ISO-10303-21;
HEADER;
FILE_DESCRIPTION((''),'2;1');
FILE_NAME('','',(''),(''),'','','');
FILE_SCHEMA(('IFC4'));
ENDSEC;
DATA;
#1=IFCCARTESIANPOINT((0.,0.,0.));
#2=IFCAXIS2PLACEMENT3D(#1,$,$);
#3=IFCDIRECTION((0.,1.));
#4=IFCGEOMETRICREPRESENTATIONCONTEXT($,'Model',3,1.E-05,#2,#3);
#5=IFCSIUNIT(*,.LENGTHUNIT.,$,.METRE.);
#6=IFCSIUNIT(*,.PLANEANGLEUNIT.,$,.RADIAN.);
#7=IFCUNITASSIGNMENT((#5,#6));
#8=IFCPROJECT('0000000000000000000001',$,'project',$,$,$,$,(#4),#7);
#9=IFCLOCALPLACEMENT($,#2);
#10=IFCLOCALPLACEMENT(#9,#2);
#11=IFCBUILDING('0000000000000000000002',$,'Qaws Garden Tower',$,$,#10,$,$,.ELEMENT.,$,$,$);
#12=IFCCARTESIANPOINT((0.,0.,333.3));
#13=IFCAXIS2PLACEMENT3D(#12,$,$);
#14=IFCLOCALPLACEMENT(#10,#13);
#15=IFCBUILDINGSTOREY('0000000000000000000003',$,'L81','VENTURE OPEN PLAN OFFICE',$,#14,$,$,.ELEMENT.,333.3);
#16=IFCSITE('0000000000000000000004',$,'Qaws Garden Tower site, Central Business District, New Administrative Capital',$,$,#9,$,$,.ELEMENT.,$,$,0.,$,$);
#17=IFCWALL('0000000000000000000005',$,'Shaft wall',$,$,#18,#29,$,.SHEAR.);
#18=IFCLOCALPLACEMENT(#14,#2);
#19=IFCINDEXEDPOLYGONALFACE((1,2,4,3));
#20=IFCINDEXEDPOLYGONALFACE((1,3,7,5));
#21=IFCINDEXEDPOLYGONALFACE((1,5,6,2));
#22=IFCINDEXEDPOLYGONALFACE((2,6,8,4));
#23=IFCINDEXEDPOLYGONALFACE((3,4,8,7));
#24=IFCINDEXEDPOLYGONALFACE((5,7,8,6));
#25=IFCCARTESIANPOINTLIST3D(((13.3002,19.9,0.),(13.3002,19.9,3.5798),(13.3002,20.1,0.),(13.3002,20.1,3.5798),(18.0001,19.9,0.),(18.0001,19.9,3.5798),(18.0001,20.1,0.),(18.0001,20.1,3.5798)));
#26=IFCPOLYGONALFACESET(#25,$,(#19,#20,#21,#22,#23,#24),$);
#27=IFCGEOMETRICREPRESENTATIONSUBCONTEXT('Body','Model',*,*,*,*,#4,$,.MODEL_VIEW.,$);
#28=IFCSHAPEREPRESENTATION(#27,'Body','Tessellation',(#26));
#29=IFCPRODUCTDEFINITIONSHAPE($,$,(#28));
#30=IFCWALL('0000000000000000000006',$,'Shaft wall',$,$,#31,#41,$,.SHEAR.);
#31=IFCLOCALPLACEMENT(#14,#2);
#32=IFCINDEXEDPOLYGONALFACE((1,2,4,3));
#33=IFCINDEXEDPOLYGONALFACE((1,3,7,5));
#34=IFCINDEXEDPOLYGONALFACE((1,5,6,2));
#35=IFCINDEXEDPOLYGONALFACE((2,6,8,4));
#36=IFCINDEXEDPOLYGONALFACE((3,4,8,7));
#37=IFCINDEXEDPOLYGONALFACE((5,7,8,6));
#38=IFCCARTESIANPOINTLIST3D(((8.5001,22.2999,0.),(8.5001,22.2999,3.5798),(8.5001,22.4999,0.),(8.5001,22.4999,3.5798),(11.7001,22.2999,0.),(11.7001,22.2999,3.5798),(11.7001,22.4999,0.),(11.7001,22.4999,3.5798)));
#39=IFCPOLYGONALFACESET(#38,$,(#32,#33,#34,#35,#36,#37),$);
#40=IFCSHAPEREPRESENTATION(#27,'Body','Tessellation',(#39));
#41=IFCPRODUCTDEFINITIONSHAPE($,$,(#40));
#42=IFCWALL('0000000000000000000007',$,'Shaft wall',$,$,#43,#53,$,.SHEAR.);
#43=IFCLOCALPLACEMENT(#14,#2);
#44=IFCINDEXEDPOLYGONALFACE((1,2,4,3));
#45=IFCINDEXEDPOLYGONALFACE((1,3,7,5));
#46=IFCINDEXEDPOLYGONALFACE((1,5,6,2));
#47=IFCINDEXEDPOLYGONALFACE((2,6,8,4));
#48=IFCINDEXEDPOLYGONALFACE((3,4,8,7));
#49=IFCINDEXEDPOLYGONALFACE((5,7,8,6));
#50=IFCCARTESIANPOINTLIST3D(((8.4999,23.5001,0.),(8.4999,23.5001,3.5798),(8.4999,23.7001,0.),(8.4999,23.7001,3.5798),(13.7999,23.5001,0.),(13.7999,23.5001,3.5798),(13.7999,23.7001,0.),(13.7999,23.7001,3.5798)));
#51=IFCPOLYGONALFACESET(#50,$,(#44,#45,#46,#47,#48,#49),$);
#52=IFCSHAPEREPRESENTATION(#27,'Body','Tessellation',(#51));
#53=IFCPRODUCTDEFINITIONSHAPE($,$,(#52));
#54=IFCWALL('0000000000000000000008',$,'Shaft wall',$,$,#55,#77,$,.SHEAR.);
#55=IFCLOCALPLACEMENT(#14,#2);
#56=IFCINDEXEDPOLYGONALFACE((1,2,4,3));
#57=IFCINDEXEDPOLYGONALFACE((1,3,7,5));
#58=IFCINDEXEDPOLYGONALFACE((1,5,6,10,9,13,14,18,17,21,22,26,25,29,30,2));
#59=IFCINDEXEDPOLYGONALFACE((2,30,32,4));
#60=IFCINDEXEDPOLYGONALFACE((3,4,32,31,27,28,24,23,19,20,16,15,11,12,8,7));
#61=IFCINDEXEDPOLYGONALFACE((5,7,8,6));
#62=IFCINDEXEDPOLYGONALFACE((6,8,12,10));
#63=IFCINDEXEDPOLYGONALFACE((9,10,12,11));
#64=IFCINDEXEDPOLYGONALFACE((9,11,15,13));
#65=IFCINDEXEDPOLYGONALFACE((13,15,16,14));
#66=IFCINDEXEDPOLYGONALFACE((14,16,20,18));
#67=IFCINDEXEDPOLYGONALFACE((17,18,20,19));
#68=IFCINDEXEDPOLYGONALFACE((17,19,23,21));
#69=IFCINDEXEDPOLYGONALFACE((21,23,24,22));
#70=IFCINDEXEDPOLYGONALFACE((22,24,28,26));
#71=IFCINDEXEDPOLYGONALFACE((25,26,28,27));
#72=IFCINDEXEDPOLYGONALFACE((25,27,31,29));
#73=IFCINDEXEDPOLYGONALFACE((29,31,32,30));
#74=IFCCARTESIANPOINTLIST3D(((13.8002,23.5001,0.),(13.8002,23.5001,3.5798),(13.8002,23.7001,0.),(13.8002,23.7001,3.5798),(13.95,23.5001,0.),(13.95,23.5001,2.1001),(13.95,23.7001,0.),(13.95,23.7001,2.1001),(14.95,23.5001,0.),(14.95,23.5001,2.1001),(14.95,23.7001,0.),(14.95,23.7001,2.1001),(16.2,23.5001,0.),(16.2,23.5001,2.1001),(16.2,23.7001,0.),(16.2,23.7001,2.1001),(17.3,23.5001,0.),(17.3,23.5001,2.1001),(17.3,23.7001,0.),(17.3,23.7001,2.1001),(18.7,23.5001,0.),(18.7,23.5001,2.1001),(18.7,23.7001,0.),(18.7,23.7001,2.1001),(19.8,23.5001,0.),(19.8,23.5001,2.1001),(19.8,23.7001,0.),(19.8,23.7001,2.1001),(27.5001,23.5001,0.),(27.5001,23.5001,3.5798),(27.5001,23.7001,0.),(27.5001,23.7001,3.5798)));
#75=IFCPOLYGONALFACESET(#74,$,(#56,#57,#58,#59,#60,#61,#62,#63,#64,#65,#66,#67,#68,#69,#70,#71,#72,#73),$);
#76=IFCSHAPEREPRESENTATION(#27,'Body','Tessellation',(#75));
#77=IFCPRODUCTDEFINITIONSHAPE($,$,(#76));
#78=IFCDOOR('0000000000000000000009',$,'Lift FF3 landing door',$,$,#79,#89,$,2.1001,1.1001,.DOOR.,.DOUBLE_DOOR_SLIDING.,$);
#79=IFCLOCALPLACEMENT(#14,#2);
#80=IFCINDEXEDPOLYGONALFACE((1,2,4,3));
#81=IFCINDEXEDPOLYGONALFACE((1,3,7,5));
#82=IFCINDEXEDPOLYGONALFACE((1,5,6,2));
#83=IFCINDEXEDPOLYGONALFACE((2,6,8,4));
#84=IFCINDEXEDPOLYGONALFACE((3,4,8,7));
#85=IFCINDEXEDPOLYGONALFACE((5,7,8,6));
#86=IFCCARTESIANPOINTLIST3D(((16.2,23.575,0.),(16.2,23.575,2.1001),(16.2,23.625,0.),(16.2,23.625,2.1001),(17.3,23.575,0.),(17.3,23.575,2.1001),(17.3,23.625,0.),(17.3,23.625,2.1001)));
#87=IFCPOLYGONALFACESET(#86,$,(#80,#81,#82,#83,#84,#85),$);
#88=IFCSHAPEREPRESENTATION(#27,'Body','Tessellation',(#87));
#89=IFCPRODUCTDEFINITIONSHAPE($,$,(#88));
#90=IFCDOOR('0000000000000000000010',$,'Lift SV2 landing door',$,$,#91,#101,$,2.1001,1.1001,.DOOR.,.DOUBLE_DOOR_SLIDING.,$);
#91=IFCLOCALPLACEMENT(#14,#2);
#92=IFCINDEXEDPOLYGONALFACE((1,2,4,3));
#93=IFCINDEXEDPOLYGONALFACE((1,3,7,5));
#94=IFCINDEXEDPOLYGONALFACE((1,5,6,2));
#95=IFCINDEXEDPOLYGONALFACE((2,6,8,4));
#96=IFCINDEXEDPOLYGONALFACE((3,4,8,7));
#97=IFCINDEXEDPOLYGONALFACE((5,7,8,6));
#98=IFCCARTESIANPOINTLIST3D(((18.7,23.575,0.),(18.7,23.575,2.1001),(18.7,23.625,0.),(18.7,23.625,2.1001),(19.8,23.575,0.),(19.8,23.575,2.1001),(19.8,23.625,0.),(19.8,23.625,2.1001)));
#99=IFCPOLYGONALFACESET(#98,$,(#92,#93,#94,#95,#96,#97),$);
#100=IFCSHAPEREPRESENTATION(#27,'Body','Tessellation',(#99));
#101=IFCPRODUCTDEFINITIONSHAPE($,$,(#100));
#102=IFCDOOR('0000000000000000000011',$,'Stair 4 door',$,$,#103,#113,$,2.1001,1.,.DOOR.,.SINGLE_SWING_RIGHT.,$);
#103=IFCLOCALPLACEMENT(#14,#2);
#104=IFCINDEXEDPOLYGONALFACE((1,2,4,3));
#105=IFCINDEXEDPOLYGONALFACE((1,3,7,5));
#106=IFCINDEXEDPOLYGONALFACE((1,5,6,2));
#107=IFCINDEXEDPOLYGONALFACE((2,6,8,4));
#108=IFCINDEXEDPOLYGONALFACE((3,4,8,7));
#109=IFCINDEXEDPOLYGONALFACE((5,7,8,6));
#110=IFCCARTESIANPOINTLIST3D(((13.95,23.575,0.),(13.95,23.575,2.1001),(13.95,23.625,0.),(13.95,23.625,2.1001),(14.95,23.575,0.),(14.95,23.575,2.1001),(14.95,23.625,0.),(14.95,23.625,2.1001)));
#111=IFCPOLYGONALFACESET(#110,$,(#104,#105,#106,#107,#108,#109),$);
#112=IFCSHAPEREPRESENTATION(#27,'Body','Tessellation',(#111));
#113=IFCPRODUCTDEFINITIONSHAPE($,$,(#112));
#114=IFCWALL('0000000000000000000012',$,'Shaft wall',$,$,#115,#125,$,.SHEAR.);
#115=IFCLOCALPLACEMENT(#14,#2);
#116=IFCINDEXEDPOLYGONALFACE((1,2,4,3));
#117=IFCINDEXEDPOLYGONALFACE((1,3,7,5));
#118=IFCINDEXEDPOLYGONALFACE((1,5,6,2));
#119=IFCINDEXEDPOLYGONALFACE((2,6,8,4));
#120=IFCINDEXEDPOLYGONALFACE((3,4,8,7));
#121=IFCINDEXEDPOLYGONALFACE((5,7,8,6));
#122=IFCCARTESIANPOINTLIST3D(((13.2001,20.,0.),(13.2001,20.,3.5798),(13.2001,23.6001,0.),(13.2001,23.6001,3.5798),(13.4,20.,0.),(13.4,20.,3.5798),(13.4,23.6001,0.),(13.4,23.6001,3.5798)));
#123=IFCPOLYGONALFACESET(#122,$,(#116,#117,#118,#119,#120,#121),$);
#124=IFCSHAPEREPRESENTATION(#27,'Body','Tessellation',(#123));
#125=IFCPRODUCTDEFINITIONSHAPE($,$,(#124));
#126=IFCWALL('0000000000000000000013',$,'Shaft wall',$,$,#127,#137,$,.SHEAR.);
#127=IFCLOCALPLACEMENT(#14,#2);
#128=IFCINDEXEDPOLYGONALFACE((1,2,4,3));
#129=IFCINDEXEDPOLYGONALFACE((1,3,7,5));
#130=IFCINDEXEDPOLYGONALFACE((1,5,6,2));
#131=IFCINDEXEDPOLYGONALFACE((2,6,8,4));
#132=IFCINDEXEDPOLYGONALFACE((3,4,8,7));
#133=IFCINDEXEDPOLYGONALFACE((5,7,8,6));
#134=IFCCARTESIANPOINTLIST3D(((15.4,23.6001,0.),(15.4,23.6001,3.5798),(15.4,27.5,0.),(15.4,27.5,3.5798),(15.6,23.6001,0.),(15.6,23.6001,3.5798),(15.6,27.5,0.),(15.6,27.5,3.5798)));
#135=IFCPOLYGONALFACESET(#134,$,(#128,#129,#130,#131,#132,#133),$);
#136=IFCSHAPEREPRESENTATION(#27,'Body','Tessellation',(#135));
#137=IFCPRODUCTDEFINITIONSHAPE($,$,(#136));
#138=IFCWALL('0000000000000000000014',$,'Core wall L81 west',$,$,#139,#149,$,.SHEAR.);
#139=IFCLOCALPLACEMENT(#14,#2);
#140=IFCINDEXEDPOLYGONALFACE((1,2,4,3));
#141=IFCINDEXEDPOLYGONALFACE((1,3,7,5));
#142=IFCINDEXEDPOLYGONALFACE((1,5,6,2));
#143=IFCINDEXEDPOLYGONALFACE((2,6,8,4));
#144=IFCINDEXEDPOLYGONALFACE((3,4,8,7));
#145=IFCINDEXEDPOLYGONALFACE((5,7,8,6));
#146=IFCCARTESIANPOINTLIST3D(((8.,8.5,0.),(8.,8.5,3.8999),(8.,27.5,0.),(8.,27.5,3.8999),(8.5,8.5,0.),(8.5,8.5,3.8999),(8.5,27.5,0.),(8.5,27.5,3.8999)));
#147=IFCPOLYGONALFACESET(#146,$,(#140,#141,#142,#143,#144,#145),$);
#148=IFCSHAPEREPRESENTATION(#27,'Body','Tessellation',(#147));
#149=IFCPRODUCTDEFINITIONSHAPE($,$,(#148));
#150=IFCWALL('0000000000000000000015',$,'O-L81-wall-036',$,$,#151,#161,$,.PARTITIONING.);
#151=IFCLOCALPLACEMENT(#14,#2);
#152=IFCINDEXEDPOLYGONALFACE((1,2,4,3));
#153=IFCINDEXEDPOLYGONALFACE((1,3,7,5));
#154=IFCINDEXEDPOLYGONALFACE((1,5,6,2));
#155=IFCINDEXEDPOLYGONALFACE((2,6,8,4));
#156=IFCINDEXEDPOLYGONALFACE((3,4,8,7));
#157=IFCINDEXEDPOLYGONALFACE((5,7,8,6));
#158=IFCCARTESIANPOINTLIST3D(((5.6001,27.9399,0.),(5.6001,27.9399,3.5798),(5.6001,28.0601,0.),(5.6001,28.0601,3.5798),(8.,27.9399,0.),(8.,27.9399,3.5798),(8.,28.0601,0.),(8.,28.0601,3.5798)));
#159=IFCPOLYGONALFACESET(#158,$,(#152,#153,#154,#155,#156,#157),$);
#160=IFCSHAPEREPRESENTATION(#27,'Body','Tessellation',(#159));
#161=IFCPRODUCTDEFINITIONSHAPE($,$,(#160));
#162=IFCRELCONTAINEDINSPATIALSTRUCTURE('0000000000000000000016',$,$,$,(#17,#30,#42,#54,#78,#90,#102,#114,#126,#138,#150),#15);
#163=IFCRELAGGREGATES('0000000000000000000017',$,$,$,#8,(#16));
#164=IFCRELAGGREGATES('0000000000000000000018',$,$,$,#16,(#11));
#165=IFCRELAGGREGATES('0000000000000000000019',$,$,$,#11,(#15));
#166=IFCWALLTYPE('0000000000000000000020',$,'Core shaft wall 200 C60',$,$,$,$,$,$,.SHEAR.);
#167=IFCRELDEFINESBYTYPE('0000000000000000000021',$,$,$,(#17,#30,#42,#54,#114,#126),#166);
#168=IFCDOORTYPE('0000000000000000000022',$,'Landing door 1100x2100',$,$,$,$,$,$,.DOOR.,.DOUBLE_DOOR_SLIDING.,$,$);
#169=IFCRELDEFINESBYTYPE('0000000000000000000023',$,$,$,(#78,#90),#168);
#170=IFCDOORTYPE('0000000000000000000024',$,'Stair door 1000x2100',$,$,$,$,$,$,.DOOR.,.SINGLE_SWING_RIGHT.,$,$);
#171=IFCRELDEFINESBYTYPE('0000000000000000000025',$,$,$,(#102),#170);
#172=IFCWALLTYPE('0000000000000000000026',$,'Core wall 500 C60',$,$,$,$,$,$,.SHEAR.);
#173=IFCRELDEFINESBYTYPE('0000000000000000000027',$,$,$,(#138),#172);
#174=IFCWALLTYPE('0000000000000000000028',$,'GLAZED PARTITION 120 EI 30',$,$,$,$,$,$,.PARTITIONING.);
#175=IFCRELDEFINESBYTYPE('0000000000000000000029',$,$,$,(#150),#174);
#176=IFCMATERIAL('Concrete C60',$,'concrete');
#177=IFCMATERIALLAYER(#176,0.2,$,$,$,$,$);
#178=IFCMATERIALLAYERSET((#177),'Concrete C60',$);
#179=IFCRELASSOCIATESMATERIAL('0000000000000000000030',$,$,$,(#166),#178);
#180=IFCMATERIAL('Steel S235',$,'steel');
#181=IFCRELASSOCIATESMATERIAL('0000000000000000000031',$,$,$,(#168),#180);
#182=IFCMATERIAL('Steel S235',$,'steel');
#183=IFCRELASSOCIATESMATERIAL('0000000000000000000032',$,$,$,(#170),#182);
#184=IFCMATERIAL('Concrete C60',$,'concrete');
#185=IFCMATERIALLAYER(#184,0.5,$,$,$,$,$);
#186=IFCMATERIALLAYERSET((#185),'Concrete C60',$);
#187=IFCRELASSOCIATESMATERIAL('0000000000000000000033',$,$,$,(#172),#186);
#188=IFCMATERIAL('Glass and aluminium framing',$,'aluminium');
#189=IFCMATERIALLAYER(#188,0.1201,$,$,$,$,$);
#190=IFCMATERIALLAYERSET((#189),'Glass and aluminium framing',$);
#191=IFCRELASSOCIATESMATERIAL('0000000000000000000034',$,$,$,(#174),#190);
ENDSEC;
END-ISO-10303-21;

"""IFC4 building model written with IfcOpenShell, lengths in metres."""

from ifc_helpers import new_model, si_unit, direction, frame, frame_2d, origin, place, context, subcontext, project, spatial, rectangle, extrude, material, layer, layer_set, type_object, element, fill, save


model = new_model("IFC4")

# Units and contexts
model_context = context("Model", 3, precision=1e-05, world=origin(), true_north=direction((0.0, 1.0)))
body_context = subcontext(model_context, "Body", "Model", "MODEL_VIEW")
ifc_project = project(units=[si_unit("LENGTHUNIT", "METRE"), si_unit("PLANEANGLEUNIT", "RADIAN")], contexts=[model_context])

# Site, building, storey
site_placement = place(None, origin())
site = spatial("IfcSite", under=ifc_project, at=site_placement, Name="Qaws Garden Tower site, Central Business District, New Administrative Capital", CompositionType="ELEMENT", RefElevation=0.0)
building_placement = place(site_placement, origin())
building = spatial("IfcBuilding", under=site, at=building_placement, Name="Qaws Garden Tower", CompositionType="ELEMENT")
storey_placement = place(building_placement, frame((0.0, 0.0, 333.3)))
storey = spatial("IfcBuildingStorey", under=building, at=storey_placement, Name="L81", Description="VENTURE OPEN PLAN OFFICE", CompositionType="ELEMENT", Elevation=333.3)

# Walls
ifc_material_1 = material(Name="Concrete C60", Category="concrete")
ifc_layer_1 = layer(ifc_material_1, 0.2)
ifc_layer_set_1 = layer_set([ifc_layer_1], Name="Concrete C60")
wall_type_1 = type_object("IfcWallType", Name="Core shaft wall 200 C60", PredefinedType="SHEAR", material=ifc_layer_set_1)
wall_1_placement = place(storey_placement, frame((13.3, 20.0, 0.0), z_axis=(0.0, 0.0, 1.0), x_axis=(1.0, 0.0, 0.0)))
element("IfcWall", 1, at=wall_1_placement, inside=storey, type_object=wall_type_1, Name="Shaft wall", PredefinedType="SHEAR", context=body_context, shape_type="SweptSolid", body=[
    extrude(rectangle(XDim=4.7, YDim=0.2, at=frame_2d((2.3501, 0.0))), origin(), (0.0, 0.0, 1.0), 3.5798),
])
wall_2_placement = place(storey_placement, frame((8.5, 22.3999, 0.0), z_axis=(0.0, 0.0, 1.0), x_axis=(1.0, 0.0, 0.0)))
element("IfcWall", 2, at=wall_2_placement, inside=storey, type_object=wall_type_1, Name="Shaft wall", PredefinedType="SHEAR", context=body_context, shape_type="SweptSolid", body=[
    extrude(rectangle(XDim=3.2, YDim=0.2, at=frame_2d((1.6001, 0.0))), origin(), (0.0, 0.0, 1.0), 3.5798),
])
wall_3_placement = place(storey_placement, frame((8.5, 23.6001, 0.0), z_axis=(0.0, 0.0, 1.0), x_axis=(1.0, 0.0, 0.0)))
element("IfcWall", 3, at=wall_3_placement, inside=storey, type_object=wall_type_1, Name="Shaft wall", PredefinedType="SHEAR", context=body_context, shape_type="SweptSolid", body=[
    extrude(rectangle(XDim=5.3, YDim=0.2, at=frame_2d((2.6499, 0.0))), origin(), (0.0, 0.0, 1.0), 3.5798),
])

# Wall, openings, doors
wall_4_placement = place(storey_placement, frame((13.8, 23.6001, 0.0), z_axis=(0.0, 0.0, 1.0), x_axis=(1.0, 0.0, 0.0)))
wall_4 = element("IfcWall", 4, at=wall_4_placement, inside=storey, type_object=wall_type_1, Name="Shaft wall", PredefinedType="SHEAR", context=body_context, shape_type="SweptSolid", body=[
    extrude(rectangle(XDim=13.7, YDim=0.2, at=frame_2d((6.8501, 0.0))), origin(), (0.0, 0.0, 1.0), 3.5798),
])
opening_1_placement = place(wall_4_placement, frame((2.3999, 0.0, 0.0)))
opening_1 = element("IfcOpeningElement", 5, at=opening_1_placement, cuts=wall_4, PredefinedType="OPENING", context=body_context, shape_type="SweptSolid", body=[
    extrude(rectangle(XDim=1.1001, YDim=2.1001, at=frame_2d((0.55, 1.05))), frame((0.0, 0.1099, 0.0), z_axis=(0.0, -1.0, 0.0), x_axis=(1.0, 0.0, 0.0)), (0.0, 0.0, 1.0), 0.22),
])
opening_2_placement = place(wall_4_placement, frame((4.8999, 0.0, 0.0)))
opening_2 = element("IfcOpeningElement", 6, at=opening_2_placement, cuts=wall_4, PredefinedType="OPENING", context=body_context, shape_type="SweptSolid", body=[
    extrude(rectangle(XDim=1.1001, YDim=2.1001, at=frame_2d((0.55, 1.05))), frame((0.0, 0.1099, 0.0), z_axis=(0.0, -1.0, 0.0), x_axis=(1.0, 0.0, 0.0)), (0.0, 0.0, 1.0), 0.22),
])
opening_3_placement = place(wall_4_placement, frame((0.1499, 0.0, 0.0)))
opening_3 = element("IfcOpeningElement", 7, at=opening_3_placement, cuts=wall_4, PredefinedType="OPENING", context=body_context, shape_type="SweptSolid", body=[
    extrude(rectangle(XDim=1.0, YDim=2.1001, at=frame_2d((0.5, 1.05))), frame((0.0, 0.1099, 0.0), z_axis=(0.0, -1.0, 0.0), x_axis=(1.0, 0.0, 0.0)), (0.0, 0.0, 1.0), 0.22),
])
ifc_material_2 = material(Name="Steel S235", Category="steel")
door_type_1 = type_object("IfcDoorType", Name="Landing door 1100x2100", OperationType="DOUBLE_DOOR_SLIDING", PredefinedType="DOOR", material=ifc_material_2)
door_1_placement = place(opening_1_placement, origin())
door_1 = element("IfcDoor", 8, at=door_1_placement, inside=storey, type_object=door_type_1, Name="Lift FF3 landing door", OperationType="DOUBLE_DOOR_SLIDING", OverallHeight=2.1001, OverallWidth=1.1001, PredefinedType="DOOR", context=body_context, shape_type="SweptSolid", body=[
    extrude(rectangle(XDim=1.1001, YDim=2.1001, at=frame_2d((0.55, 1.05))), frame((0.0, 0.0249, 0.0), z_axis=(0.0, -1.0, 0.0), x_axis=(1.0, 0.0, 0.0)), (0.0, 0.0, 1.0), 0.05),
])
fill(opening_1, door_1)
door_2_placement = place(opening_2_placement, origin())
door_2 = element("IfcDoor", 9, at=door_2_placement, inside=storey, type_object=door_type_1, Name="Lift SV2 landing door", OperationType="DOUBLE_DOOR_SLIDING", OverallHeight=2.1001, OverallWidth=1.1001, PredefinedType="DOOR", context=body_context, shape_type="SweptSolid", body=[
    extrude(rectangle(XDim=1.1001, YDim=2.1001, at=frame_2d((0.55, 1.05))), frame((0.0, 0.0249, 0.0), z_axis=(0.0, -1.0, 0.0), x_axis=(1.0, 0.0, 0.0)), (0.0, 0.0, 1.0), 0.05),
])
fill(opening_2, door_2)
ifc_material_3 = material(Name="Steel S235", Category="steel")
door_type_2 = type_object("IfcDoorType", Name="Stair door 1000x2100", OperationType="SINGLE_SWING_RIGHT", PredefinedType="DOOR", material=ifc_material_3)
door_3_placement = place(opening_3_placement, origin())
door_3 = element("IfcDoor", 10, at=door_3_placement, inside=storey, type_object=door_type_2, Name="Stair 4 door", OperationType="SINGLE_SWING_RIGHT", OverallHeight=2.1001, OverallWidth=1.0, PredefinedType="DOOR", context=body_context, shape_type="SweptSolid", body=[
    extrude(rectangle(XDim=1.0, YDim=2.1001, at=frame_2d((0.5, 1.05))), frame((0.0, 0.0249, 0.0), z_axis=(0.0, -1.0, 0.0), x_axis=(1.0, 0.0, 0.0)), (0.0, 0.0, 1.0), 0.05),
])
fill(opening_3, door_3)

# Walls
wall_5_placement = place(storey_placement, frame((13.3, 20.0, 0.0), z_axis=(0.0, 0.0, 1.0), x_axis=(0.0, 1.0, 0.0)))
element("IfcWall", 11, at=wall_5_placement, inside=storey, type_object=wall_type_1, Name="Shaft wall", PredefinedType="SHEAR", context=body_context, shape_type="SweptSolid", body=[
    extrude(rectangle(XDim=3.6001, YDim=0.2, at=frame_2d((1.8, 0.0))), origin(), (0.0, 0.0, 1.0), 3.5798),
])
wall_6_placement = place(storey_placement, frame((15.5, 23.6001, 0.0), z_axis=(0.0, 0.0, 1.0), x_axis=(0.0, 1.0, 0.0)))
element("IfcWall", 12, at=wall_6_placement, inside=storey, type_object=wall_type_1, Name="Shaft wall", PredefinedType="SHEAR", context=body_context, shape_type="SweptSolid", body=[
    extrude(rectangle(XDim=3.8999, YDim=0.2, at=frame_2d((1.95, 0.0))), origin(), (0.0, 0.0, 1.0), 3.5798),
])
ifc_material_4 = material(Name="Concrete C60", Category="concrete")
ifc_layer_2 = layer(ifc_material_4, 0.5)
ifc_layer_set_2 = layer_set([ifc_layer_2], Name="Concrete C60")
wall_type_2 = type_object("IfcWallType", Name="Core wall 500 C60", PredefinedType="SHEAR", material=ifc_layer_set_2)
wall_7_placement = place(storey_placement, frame((8.25, 27.5, 0.0), z_axis=(0.0, 0.0, 1.0), x_axis=(0.0, -1.0, 0.0)))
element("IfcWall", 13, at=wall_7_placement, inside=storey, type_object=wall_type_2, Name="Core wall L81 west", PredefinedType="SHEAR", context=body_context, shape_type="SweptSolid", body=[
    extrude(rectangle(XDim=19.0, YDim=0.5, at=frame_2d((9.5, 0.0))), origin(), (0.0, 0.0, 1.0), 3.8999),
])
ifc_material_5 = material(Name="Glass and aluminium framing", Category="aluminium")
ifc_layer_3 = layer(ifc_material_5, 0.1201)
ifc_layer_set_3 = layer_set([ifc_layer_3], Name="Glass and aluminium framing")
wall_type_3 = type_object("IfcWallType", Name="GLAZED PARTITION 120 EI 30", PredefinedType="PARTITIONING", material=ifc_layer_set_3)
wall_8_placement = place(storey_placement, frame((5.6001, 28.0, 0.0), z_axis=(0.0, 0.0, 1.0), x_axis=(1.0, 0.0, 0.0)))
element("IfcWall", 14, at=wall_8_placement, inside=storey, type_object=wall_type_3, Name="O-L81-wall-036", PredefinedType="PARTITIONING", context=body_context, shape_type="SweptSolid", body=[
    extrude(rectangle(XDim=2.3999, YDim=0.1201, at=frame_2d((1.2, 0.0))), origin(), (0.0, 0.0, 1.0), 3.5798),
])

save(model, "model.ifc")
